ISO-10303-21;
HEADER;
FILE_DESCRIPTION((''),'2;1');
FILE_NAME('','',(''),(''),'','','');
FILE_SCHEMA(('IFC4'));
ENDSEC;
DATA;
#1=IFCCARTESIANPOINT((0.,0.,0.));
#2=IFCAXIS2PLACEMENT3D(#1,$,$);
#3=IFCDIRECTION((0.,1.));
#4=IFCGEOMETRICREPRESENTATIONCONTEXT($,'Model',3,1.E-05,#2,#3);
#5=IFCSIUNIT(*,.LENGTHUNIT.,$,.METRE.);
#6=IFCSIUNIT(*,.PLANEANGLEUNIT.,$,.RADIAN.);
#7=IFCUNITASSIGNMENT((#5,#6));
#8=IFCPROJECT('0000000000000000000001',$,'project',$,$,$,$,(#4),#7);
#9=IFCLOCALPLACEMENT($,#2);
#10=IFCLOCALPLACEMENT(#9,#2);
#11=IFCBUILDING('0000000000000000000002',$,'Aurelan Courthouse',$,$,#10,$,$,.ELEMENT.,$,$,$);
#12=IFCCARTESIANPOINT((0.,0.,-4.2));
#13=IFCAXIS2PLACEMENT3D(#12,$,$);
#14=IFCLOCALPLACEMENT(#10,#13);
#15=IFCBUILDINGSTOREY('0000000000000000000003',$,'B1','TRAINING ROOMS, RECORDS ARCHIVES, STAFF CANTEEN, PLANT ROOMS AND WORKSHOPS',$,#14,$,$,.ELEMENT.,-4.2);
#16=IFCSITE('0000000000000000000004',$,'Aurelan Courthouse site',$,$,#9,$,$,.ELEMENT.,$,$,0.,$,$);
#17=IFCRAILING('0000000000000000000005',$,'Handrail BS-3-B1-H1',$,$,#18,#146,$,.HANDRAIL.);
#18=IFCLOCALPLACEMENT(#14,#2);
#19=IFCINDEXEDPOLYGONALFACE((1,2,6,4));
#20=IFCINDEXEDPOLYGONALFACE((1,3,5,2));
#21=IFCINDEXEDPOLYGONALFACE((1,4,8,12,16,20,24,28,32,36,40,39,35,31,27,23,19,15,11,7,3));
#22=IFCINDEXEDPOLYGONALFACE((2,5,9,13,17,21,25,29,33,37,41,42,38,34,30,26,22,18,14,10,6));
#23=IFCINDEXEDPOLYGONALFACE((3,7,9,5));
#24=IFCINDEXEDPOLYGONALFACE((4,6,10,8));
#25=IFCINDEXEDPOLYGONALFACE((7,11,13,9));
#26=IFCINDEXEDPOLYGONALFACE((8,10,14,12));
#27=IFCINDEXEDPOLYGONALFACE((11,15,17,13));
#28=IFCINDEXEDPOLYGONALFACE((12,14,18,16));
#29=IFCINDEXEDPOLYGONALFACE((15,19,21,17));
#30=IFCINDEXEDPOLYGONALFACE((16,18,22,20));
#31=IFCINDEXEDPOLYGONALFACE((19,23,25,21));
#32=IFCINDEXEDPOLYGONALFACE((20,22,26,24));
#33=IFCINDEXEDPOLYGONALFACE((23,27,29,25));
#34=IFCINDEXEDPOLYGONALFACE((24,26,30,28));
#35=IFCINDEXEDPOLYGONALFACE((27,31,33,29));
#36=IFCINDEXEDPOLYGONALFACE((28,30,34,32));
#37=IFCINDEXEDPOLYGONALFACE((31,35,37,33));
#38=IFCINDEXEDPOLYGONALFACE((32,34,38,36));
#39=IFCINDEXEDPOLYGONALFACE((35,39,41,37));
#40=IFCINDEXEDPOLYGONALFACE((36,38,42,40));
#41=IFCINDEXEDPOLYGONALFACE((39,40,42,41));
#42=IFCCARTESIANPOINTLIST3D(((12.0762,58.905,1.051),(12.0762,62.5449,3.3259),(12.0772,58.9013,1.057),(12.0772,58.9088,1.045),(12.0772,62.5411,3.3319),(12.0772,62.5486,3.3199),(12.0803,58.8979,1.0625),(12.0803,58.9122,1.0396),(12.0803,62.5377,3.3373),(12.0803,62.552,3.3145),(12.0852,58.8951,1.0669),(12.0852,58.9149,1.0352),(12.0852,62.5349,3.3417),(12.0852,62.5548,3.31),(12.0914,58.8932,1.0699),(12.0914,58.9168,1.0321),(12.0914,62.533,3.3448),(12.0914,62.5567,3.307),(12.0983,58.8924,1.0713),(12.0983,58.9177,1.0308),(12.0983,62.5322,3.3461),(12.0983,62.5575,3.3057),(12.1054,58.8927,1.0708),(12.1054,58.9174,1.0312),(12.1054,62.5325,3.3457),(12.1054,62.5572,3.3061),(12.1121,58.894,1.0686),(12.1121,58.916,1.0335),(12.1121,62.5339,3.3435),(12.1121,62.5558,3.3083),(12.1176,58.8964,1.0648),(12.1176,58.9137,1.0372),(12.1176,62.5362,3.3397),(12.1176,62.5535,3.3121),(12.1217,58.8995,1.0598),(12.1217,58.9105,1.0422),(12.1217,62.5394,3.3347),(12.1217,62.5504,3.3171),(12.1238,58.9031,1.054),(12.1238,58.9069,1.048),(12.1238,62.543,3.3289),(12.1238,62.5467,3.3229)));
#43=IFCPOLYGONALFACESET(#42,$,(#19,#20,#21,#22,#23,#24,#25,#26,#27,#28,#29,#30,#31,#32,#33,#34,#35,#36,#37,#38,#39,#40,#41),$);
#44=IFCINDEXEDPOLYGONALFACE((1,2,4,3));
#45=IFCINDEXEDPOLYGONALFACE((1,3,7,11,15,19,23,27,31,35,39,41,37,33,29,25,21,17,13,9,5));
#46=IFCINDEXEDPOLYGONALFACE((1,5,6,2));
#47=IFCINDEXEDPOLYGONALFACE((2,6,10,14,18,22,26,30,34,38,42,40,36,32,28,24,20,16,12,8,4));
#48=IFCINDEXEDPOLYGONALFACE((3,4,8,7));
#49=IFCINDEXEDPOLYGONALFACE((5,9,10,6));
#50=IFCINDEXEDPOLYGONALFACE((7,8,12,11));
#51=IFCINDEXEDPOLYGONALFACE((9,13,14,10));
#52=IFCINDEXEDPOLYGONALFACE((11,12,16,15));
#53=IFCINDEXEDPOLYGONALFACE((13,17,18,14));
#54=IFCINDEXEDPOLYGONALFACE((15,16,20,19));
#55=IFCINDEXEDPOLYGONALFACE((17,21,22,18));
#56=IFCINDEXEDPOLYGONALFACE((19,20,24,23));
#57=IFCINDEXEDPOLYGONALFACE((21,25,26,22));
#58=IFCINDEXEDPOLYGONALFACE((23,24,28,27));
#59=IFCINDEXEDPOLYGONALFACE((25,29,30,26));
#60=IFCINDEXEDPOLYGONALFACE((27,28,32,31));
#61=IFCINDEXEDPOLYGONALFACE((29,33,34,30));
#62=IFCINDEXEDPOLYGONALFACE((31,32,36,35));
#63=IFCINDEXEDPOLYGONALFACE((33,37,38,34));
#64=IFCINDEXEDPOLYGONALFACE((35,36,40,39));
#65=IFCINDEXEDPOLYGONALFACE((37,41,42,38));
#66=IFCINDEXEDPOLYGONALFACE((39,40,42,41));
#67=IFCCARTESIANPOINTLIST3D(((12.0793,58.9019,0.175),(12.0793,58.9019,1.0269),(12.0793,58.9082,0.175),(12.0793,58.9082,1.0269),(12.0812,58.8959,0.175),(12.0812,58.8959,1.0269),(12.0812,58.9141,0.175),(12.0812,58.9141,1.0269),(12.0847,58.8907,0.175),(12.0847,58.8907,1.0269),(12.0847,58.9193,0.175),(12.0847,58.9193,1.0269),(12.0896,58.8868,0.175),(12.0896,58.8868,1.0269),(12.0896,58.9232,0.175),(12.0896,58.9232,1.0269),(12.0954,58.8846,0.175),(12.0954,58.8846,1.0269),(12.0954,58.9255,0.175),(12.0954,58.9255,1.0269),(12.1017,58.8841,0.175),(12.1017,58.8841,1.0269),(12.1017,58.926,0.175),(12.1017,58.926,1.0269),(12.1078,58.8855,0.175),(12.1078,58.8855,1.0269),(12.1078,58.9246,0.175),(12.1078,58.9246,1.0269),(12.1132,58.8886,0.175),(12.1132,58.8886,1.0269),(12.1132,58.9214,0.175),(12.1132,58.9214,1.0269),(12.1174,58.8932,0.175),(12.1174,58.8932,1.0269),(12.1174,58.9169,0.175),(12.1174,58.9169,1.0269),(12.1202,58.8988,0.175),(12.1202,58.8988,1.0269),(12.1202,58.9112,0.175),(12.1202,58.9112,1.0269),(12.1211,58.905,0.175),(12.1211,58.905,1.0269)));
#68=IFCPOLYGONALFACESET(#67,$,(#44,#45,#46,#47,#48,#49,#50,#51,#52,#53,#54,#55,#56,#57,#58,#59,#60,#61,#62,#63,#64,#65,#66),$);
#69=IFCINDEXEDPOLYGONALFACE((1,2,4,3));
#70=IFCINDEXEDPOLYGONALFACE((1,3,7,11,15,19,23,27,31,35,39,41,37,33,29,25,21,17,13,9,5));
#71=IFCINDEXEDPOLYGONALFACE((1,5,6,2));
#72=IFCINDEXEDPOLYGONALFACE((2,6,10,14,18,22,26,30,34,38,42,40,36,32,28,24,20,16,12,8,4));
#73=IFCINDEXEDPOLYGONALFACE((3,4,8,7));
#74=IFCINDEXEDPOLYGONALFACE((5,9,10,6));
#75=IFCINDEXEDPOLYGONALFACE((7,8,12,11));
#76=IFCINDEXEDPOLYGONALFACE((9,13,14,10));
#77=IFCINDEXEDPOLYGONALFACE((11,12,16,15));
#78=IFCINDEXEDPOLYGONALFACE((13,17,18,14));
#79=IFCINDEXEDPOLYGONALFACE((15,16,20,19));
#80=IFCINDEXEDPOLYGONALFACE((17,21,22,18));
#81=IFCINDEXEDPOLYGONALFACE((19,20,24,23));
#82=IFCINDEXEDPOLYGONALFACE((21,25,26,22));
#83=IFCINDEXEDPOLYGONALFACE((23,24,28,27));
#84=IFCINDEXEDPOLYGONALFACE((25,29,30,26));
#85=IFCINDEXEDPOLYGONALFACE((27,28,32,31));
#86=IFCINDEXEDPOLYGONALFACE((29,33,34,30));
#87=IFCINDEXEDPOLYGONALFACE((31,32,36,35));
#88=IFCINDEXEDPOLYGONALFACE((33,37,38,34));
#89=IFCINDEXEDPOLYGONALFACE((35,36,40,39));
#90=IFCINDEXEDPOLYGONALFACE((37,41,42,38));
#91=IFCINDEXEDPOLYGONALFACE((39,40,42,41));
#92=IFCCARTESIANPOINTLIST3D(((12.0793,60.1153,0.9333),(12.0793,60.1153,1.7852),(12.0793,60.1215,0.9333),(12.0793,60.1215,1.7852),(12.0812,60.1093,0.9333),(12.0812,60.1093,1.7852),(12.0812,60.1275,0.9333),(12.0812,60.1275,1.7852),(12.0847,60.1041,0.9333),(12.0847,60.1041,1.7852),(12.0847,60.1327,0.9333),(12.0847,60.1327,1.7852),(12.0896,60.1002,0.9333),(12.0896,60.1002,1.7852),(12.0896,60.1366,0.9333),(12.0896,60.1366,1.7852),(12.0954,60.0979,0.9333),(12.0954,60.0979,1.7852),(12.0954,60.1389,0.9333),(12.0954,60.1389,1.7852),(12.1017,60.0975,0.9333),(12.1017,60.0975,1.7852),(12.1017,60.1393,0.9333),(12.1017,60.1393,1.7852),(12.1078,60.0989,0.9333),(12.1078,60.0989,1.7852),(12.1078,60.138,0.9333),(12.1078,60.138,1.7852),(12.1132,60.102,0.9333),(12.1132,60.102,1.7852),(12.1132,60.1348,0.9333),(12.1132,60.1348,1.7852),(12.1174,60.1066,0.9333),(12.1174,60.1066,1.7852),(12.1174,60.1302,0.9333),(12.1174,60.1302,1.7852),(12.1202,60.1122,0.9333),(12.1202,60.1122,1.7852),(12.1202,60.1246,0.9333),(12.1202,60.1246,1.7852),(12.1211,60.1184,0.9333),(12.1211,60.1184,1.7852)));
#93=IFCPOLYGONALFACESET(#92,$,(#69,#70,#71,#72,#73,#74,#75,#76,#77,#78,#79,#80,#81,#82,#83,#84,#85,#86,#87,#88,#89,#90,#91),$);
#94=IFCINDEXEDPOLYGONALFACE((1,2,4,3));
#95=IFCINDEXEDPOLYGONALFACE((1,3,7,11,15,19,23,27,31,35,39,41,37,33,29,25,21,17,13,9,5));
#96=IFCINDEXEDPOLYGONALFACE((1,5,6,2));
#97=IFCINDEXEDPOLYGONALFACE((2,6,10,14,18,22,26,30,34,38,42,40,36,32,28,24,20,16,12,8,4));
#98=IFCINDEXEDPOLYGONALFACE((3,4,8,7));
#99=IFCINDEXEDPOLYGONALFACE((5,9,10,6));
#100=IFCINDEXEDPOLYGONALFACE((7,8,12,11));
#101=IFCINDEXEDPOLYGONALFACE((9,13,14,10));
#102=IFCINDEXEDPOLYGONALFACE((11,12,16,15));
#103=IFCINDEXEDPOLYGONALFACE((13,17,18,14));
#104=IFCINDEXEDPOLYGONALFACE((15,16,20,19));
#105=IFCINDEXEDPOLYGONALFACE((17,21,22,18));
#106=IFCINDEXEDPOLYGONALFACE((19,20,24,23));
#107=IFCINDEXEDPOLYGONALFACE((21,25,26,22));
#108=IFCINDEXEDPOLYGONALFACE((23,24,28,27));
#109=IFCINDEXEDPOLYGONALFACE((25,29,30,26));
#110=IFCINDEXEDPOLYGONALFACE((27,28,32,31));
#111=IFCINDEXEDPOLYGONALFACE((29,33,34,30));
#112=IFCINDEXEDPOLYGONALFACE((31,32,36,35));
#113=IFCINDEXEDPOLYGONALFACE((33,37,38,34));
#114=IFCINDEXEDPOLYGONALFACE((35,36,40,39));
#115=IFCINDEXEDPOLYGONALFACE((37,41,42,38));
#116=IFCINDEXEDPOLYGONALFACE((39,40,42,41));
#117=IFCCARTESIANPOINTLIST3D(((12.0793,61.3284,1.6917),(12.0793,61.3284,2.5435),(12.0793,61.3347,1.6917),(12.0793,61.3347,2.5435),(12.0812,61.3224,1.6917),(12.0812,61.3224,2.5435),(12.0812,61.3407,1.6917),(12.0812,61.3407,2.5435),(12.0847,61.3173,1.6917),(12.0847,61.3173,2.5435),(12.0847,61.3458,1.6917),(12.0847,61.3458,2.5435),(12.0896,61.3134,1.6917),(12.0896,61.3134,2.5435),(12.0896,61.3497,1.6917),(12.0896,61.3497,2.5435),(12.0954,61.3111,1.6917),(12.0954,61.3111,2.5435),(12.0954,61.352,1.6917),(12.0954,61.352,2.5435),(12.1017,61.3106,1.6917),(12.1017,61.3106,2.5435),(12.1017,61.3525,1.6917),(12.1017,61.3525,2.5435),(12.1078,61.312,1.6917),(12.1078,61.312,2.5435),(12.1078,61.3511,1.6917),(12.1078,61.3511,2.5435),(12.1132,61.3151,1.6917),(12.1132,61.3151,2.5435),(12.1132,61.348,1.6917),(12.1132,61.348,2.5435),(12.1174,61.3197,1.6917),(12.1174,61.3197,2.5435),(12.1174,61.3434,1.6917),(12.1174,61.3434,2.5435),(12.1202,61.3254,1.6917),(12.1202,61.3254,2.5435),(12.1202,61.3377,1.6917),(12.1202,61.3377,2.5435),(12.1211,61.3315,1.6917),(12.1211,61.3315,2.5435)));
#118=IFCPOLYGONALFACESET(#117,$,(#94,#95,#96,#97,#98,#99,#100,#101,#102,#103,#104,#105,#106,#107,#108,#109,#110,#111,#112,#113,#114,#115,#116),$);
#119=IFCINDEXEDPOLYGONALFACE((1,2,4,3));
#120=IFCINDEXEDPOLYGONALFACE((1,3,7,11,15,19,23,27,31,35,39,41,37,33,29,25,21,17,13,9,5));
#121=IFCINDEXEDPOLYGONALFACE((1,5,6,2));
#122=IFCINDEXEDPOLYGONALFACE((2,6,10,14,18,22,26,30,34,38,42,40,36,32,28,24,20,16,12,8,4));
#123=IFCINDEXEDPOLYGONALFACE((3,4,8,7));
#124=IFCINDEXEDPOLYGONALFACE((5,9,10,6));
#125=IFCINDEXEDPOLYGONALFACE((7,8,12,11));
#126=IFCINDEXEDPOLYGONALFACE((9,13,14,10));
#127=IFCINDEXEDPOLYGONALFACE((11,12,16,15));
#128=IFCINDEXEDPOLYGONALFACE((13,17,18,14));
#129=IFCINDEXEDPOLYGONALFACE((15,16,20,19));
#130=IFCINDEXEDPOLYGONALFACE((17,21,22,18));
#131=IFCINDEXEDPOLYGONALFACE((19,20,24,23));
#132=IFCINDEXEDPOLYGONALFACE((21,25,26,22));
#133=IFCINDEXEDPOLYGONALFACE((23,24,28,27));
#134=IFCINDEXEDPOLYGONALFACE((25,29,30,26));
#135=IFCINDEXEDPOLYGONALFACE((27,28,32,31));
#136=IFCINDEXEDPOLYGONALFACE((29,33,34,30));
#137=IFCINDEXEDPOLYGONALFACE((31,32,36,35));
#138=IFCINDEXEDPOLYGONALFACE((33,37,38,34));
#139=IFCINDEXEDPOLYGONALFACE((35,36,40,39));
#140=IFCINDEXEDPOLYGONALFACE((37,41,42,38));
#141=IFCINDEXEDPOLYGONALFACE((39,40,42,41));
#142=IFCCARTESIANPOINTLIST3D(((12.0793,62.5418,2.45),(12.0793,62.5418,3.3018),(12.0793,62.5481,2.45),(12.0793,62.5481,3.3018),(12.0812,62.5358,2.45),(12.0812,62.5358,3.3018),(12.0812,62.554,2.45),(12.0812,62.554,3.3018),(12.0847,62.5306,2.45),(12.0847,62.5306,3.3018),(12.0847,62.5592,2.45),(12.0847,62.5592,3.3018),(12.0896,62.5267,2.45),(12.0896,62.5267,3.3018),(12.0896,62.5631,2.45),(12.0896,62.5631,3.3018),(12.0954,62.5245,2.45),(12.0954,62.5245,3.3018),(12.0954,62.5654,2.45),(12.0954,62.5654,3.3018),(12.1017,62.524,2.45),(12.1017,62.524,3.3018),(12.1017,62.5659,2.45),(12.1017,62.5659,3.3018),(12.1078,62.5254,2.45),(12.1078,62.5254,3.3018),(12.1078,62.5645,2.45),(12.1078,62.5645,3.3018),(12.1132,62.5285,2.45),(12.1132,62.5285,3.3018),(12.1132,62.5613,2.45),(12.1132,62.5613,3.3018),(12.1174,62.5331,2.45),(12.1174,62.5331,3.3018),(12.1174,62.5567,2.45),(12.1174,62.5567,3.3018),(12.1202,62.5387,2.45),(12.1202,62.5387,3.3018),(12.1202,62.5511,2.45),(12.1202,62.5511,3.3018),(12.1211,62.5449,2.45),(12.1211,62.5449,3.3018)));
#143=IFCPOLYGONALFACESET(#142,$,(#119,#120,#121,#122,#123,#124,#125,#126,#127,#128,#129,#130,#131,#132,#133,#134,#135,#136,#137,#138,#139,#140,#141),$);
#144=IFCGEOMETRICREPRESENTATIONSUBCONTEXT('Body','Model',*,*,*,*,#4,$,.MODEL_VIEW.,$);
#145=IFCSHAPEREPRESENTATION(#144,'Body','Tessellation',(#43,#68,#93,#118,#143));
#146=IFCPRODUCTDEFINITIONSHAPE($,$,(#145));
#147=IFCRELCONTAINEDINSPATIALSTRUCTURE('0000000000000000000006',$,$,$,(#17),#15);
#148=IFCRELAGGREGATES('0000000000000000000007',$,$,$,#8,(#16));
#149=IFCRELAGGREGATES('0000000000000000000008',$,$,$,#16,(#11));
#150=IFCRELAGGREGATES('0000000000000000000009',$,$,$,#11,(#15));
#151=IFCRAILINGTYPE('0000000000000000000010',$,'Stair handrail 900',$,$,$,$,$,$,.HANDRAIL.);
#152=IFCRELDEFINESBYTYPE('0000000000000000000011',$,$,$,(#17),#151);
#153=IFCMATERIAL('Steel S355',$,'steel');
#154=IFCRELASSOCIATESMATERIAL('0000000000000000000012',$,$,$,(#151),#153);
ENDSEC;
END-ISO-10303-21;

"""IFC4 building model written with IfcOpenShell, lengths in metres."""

from ifc_helpers import new_model, si_unit, direction, frame, origin, origin_2d, place, context, subcontext, project, spatial, circle, extrude, material, type_object, element, save


model = new_model("IFC4")

# Units and contexts
model_context = context("Model", 3, precision=1e-05, world=origin(), true_north=direction((0.0, 1.0)))
body_context = subcontext(model_context, "Body", "Model", "MODEL_VIEW")
ifc_project = project(units=[si_unit("LENGTHUNIT", "METRE"), si_unit("PLANEANGLEUNIT", "RADIAN")], contexts=[model_context])

# Site, building, storey
site_placement = place(None, origin())
site = spatial("IfcSite", under=ifc_project, at=site_placement, Name="Aurelan Courthouse site", CompositionType="ELEMENT", RefElevation=0.0)
building_placement = place(site_placement, origin())
building = spatial("IfcBuilding", under=site, at=building_placement, Name="Aurelan Courthouse", CompositionType="ELEMENT")
storey_placement = place(building_placement, frame((0.0, 0.0, -4.2)))
storey = spatial("IfcBuildingStorey", under=building, at=storey_placement, Name="B1", Description="TRAINING ROOMS, RECORDS ARCHIVES, STAFF CANTEEN, PLANT ROOMS AND WORKSHOPS", CompositionType="ELEMENT", Elevation=-4.2)

# Railing
ifc_material_1 = material(Name="Steel S355", Category="steel")
railing_type_1 = type_object("IfcRailingType", Name="Stair handrail 900", PredefinedType="HANDRAIL", material=ifc_material_1)
for number, where, name in (
    (1, (12.1001, 58.905, 0.175), "Handrail BS-3-B1-H1"),
):
    element("IfcRailing", number, at=place(storey_placement, frame(where)), inside=storey, type_object=railing_type_1, Name=name, PredefinedType="HANDRAIL", context=body_context, shape_type="SweptSolid", body=[
        extrude(circle(Radius=0.0239, at=origin_2d()), frame((0.0, 0.0, 0.876), z_axis=(0.0, 0.848001, 0.529994), x_axis=(-1.0, 0.0, 0.0)), (0.0, 0.0, 1.0), 4.2922),
        extrude(circle(Radius=0.021, at=origin_2d()), origin(), (0.0, 0.0, 1.0), 0.8518),
        extrude(circle(Radius=0.021, at=origin_2d()), frame((0.0, 1.2134, 0.7583)), (0.0, 0.0, 1.0), 0.8518),
        extrude(circle(Radius=0.021, at=origin_2d()), frame((0.0, 2.4265, 1.5166)), (0.0, 0.0, 1.0), 0.8518),
        extrude(circle(Radius=0.021, at=origin_2d()), frame((0.0, 3.6399, 2.2749)), (0.0, 0.0, 1.0), 0.8518),
    ])

save(model, "model.ifc")
